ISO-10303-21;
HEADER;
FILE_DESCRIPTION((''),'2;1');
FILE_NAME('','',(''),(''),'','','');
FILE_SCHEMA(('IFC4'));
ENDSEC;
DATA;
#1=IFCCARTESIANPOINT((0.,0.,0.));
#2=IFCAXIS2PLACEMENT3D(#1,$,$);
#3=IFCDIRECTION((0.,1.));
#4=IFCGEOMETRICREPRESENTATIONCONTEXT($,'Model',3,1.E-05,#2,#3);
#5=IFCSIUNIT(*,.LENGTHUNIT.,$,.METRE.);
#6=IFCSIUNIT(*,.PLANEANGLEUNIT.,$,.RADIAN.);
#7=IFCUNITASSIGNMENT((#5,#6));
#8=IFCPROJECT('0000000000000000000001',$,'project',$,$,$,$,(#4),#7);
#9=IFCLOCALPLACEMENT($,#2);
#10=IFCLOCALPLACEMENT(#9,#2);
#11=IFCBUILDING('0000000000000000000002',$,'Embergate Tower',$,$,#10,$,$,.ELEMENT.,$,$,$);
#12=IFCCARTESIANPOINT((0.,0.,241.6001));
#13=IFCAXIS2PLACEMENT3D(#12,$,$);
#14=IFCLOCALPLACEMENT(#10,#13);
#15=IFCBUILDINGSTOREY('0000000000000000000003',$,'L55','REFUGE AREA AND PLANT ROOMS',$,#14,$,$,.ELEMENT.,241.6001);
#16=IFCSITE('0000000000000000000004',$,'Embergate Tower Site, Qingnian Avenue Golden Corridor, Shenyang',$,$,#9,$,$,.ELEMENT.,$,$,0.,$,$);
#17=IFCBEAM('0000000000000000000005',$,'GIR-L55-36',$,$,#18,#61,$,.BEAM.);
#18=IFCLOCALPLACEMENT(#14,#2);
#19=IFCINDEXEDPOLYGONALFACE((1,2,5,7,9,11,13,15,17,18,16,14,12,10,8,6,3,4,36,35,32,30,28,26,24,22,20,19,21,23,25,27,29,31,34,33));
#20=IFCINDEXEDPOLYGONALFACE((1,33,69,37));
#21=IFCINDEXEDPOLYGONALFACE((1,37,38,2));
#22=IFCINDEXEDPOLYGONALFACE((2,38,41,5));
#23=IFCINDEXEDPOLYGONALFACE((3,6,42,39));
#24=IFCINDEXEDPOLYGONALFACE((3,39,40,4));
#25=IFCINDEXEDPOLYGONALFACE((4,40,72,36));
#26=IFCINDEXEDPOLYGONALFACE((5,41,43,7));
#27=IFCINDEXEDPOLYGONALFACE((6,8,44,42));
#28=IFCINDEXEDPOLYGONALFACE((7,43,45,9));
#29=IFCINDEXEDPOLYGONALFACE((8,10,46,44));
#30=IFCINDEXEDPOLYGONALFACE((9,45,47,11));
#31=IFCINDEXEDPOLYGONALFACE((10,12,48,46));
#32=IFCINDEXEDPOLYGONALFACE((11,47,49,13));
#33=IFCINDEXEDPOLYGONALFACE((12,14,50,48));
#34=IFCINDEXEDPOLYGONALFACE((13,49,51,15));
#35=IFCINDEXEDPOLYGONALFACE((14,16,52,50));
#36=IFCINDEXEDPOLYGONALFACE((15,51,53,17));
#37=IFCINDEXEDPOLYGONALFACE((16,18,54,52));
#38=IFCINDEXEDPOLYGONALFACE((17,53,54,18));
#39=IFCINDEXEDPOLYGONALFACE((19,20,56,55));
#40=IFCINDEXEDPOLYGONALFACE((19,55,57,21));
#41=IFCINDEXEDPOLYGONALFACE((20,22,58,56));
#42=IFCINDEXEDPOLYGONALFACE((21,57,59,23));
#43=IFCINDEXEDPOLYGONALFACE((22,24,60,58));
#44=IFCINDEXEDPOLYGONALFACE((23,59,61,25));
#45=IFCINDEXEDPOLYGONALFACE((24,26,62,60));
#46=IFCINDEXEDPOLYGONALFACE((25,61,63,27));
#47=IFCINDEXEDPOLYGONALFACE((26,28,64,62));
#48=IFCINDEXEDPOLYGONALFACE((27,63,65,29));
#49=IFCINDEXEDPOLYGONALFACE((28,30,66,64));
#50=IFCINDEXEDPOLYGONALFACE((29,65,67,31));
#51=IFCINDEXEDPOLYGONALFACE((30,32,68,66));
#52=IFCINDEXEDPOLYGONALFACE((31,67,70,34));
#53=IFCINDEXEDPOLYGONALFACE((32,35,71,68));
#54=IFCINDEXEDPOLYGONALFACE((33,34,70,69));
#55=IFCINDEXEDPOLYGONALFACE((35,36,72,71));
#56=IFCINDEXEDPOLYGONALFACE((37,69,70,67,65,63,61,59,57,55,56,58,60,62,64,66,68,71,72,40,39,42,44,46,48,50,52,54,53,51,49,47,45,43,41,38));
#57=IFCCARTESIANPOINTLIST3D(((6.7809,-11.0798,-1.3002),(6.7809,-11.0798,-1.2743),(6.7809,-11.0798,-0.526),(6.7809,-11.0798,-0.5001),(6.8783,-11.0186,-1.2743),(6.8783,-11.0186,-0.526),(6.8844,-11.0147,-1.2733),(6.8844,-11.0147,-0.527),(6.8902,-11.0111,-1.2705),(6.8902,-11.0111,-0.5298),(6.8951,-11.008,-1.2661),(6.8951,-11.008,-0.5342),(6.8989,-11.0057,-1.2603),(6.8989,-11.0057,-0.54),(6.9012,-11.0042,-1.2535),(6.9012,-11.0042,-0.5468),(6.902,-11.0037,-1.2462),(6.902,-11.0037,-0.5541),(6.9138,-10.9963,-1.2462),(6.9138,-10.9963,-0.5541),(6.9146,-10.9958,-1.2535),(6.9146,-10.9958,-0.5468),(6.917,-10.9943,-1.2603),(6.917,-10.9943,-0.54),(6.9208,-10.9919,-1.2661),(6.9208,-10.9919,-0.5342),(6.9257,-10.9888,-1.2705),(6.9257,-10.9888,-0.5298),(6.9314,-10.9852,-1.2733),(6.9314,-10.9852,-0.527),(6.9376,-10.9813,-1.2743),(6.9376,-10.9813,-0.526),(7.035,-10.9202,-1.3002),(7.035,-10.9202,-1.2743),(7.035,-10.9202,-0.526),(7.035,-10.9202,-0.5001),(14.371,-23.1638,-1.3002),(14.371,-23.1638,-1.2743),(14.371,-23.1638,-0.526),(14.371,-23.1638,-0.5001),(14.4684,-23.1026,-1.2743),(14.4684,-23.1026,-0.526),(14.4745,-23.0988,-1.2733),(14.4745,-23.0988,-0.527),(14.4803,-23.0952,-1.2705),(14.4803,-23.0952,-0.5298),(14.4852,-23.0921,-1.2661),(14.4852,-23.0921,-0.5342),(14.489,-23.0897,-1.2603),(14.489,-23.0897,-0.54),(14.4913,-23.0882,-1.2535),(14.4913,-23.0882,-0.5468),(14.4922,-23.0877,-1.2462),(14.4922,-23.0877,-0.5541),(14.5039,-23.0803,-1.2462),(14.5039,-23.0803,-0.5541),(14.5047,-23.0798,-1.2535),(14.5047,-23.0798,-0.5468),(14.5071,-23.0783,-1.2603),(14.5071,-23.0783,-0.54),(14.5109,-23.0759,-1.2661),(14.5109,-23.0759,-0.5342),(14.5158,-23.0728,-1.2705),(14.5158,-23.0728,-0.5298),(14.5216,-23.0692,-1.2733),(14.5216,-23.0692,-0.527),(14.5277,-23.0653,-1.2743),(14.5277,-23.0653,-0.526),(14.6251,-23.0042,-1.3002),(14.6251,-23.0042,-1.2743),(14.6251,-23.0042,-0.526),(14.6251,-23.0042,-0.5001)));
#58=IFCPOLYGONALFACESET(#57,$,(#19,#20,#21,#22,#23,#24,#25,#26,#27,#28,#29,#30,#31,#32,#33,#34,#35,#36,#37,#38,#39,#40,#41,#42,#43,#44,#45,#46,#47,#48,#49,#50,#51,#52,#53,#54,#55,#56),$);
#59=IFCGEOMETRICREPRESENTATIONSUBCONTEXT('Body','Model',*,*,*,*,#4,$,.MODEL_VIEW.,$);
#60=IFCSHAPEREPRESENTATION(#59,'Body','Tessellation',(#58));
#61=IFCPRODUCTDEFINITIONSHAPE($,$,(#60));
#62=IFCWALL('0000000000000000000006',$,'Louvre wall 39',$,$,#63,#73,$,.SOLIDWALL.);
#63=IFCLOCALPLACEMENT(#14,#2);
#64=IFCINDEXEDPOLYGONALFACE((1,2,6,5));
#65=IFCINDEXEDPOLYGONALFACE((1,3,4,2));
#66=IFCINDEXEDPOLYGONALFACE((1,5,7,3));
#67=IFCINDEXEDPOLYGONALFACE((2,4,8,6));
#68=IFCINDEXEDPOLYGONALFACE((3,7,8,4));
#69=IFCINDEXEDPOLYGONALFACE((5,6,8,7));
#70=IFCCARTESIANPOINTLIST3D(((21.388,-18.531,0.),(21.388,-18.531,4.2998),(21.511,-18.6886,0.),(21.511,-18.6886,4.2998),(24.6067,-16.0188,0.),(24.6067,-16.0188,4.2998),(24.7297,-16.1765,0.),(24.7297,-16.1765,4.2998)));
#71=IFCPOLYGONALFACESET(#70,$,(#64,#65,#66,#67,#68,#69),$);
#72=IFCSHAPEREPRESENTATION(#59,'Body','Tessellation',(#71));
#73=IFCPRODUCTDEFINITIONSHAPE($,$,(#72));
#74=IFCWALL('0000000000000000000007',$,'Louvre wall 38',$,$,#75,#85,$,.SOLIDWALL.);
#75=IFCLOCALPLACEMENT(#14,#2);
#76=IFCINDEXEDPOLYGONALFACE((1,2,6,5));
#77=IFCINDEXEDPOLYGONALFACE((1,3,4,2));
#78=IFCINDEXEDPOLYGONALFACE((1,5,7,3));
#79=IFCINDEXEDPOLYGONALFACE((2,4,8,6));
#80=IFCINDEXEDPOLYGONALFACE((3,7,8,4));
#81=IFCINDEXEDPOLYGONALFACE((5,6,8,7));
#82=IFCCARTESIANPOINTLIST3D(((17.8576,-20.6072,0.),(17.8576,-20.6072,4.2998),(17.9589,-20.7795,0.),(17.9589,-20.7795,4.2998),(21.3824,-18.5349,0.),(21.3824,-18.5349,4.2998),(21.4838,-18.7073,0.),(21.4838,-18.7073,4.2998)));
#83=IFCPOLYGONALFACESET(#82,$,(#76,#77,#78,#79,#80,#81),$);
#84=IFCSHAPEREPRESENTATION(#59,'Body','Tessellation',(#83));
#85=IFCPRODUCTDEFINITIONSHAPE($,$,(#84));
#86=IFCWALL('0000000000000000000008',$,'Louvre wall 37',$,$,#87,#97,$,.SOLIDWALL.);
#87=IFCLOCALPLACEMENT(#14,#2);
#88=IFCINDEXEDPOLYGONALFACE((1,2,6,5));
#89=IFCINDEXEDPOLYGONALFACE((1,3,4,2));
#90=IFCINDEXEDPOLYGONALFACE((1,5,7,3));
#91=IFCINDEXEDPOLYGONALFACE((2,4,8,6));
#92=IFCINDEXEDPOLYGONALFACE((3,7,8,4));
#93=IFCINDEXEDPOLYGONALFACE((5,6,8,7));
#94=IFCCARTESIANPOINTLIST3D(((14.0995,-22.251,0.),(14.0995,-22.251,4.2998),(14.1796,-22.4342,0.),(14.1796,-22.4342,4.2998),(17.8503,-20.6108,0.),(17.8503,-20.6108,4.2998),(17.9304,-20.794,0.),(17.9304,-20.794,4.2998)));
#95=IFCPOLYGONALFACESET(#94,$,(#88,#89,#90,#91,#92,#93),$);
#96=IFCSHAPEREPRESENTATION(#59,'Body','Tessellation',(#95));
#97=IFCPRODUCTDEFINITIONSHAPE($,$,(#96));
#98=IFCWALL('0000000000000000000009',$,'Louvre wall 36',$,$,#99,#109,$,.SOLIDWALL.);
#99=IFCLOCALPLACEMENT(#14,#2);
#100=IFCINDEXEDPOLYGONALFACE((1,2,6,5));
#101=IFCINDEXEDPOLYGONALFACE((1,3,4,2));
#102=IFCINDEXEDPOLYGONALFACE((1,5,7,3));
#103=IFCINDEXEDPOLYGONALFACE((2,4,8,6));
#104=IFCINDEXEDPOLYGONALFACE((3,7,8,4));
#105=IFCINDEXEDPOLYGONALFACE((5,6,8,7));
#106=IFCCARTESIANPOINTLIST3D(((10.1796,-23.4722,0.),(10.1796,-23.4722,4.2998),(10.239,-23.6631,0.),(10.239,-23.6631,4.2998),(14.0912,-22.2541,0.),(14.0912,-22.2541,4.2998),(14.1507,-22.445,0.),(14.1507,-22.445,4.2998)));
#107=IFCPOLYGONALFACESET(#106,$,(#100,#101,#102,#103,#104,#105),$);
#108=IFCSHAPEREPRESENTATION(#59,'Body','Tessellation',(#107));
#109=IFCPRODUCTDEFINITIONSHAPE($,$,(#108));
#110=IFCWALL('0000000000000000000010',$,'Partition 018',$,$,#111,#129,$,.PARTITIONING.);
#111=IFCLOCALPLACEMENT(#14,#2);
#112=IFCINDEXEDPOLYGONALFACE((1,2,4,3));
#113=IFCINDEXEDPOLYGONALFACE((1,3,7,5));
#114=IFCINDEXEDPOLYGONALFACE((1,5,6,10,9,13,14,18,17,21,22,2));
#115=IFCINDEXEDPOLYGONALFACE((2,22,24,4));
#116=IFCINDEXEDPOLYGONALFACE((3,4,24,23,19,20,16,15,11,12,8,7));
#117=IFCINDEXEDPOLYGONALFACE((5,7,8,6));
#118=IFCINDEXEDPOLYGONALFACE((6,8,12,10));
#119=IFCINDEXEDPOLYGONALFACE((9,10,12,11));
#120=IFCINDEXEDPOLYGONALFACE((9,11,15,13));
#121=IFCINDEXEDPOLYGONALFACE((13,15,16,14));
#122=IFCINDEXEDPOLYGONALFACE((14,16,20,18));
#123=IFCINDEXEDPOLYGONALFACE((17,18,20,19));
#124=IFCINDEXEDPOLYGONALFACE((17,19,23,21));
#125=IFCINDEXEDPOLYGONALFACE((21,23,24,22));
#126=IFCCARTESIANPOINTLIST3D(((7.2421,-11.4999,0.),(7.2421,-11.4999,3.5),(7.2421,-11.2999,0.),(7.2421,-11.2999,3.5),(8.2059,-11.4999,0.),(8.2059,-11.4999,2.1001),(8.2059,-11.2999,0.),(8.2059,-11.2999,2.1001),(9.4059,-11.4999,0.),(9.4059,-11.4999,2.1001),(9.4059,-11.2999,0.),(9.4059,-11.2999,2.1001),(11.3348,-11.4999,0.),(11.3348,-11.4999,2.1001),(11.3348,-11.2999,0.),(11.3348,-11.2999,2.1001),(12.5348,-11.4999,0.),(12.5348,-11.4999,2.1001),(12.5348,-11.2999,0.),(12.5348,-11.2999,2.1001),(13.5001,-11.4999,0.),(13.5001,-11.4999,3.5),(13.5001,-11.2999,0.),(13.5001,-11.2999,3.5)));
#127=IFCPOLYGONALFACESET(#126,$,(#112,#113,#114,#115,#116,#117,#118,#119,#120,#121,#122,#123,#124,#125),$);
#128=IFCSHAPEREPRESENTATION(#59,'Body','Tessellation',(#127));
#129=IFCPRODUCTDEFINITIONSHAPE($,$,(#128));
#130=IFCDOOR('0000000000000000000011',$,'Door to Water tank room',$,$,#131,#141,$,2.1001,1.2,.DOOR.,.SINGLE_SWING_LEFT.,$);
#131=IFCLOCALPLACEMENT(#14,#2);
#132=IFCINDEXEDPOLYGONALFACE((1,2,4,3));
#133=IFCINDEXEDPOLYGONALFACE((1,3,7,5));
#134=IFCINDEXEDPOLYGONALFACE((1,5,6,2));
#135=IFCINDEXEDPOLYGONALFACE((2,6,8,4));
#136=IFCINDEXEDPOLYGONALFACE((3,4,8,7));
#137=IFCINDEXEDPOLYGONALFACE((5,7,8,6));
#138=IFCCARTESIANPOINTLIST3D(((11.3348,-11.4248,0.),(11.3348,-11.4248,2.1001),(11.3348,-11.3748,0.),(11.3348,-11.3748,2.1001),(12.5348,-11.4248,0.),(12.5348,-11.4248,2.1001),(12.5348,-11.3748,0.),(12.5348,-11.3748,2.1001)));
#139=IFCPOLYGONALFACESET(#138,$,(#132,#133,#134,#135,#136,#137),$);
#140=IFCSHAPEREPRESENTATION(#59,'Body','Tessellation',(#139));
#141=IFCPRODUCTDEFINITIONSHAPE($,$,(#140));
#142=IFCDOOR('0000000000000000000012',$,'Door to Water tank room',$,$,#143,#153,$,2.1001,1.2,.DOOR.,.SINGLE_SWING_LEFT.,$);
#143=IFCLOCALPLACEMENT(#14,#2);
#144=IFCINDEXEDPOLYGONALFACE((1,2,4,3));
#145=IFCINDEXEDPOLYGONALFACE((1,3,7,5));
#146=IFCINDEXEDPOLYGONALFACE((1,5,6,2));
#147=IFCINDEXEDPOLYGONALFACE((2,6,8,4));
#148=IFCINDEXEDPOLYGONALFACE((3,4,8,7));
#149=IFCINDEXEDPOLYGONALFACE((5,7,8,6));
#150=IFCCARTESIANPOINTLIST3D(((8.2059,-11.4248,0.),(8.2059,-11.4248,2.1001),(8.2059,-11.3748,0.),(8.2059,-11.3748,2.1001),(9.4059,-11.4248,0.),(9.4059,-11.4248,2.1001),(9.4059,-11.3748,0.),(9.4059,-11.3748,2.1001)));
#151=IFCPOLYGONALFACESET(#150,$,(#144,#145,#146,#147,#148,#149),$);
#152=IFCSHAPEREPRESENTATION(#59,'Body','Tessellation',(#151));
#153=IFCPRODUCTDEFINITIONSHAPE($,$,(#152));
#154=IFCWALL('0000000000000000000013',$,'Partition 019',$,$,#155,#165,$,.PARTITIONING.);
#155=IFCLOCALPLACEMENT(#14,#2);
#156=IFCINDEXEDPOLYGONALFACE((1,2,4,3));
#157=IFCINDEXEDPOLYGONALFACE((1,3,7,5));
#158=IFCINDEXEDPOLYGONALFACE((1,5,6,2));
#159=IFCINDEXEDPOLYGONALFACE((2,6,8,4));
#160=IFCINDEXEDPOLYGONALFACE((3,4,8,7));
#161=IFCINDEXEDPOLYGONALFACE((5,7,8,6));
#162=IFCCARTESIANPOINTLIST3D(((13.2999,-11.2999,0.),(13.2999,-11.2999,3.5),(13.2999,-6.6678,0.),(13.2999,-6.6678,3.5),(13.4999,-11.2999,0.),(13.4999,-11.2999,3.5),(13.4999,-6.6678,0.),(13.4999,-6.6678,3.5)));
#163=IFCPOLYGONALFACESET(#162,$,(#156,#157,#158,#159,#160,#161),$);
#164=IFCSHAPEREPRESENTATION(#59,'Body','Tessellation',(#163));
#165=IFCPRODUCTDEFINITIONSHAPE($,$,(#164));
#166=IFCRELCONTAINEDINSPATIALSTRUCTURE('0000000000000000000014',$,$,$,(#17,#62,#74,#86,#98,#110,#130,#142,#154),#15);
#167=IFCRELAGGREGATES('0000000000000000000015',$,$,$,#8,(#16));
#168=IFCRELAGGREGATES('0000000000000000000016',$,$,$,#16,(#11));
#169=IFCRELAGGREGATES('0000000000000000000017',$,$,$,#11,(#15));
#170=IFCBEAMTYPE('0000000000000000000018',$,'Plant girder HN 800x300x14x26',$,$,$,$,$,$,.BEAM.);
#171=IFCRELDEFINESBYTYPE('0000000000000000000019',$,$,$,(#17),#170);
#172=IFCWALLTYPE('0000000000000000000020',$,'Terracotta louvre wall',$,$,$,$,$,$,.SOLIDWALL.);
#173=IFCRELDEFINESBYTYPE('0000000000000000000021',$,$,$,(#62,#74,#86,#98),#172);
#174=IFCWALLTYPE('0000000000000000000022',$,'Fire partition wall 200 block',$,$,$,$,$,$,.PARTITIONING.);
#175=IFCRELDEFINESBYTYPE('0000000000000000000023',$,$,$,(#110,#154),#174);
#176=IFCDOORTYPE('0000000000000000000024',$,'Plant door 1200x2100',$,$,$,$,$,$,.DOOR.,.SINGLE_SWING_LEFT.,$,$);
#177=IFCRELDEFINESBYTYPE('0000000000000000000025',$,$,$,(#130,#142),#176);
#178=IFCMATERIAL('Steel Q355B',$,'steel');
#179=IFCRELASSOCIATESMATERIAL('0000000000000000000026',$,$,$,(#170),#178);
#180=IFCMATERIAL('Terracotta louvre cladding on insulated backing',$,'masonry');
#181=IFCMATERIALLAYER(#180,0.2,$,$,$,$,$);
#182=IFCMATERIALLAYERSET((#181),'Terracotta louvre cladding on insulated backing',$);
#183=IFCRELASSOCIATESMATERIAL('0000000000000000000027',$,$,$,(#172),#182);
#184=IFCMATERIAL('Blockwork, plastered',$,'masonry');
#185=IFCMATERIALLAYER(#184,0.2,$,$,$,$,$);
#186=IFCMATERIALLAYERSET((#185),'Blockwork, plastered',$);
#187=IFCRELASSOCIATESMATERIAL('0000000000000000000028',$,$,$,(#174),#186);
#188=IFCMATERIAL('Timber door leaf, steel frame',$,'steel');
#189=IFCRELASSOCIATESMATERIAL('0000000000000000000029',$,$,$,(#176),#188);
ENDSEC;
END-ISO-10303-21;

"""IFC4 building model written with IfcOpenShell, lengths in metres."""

from ifc_helpers import new_model, si_unit, direction, frame, frame_2d, origin, origin_2d, place, context, subcontext, project, spatial, rectangle, i_section, extrude, source, transform, mapped, material, layer, layer_set, material_profile, profile_set, type_object, element, fill, save


model = new_model("IFC4")

# Units and contexts
model_context = context("Model", 3, precision=1e-05, world=origin(), true_north=direction((0.0, 1.0)))
body_context = subcontext(model_context, "Body", "Model", "MODEL_VIEW")
ifc_project = project(units=[si_unit("LENGTHUNIT", "METRE"), si_unit("PLANEANGLEUNIT", "RADIAN")], contexts=[model_context])

# Site, building, storey
site_placement = place(None, origin())
site = spatial("IfcSite", under=ifc_project, at=site_placement, Name="Embergate Tower Site, Qingnian Avenue Golden Corridor, Shenyang", CompositionType="ELEMENT", RefElevation=0.0)
building_placement = place(site_placement, origin())
building = spatial("IfcBuilding", under=site, at=building_placement, Name="Embergate Tower", CompositionType="ELEMENT")
storey_placement = place(building_placement, frame((0.0, 0.0, 241.6001)))
storey = spatial("IfcBuildingStorey", under=building, at=storey_placement, Name="L55", Description="REFUGE AREA AND PLANT ROOMS", CompositionType="ELEMENT", Elevation=241.6001)

# Beam
ifc_material_1 = material(Name="Steel Q355B", Category="steel")
ifc_material_profile_1 = material_profile(ifc_material_1, i_section(OverallWidth=0.3, OverallDepth=0.8, WebThickness=0.0139, FlangeThickness=0.0259, FilletRadius=0.0281, at=origin_2d()), Name="HN 800x300x14x26")
ifc_profile_set_1 = profile_set([ifc_material_profile_1], Name="Steel Q355 grade B")
beam_type_1 = type_object("IfcBeamType", Name="Plant girder HN 800x300x14x26", PredefinedType="BEAM", material=ifc_profile_set_1)
shared_shape_1 = source(origin(), body_context, "Body", "SweptSolid", [
    extrude(i_section(OverallWidth=0.3, OverallDepth=0.8, WebThickness=0.0139, FlangeThickness=0.0259, FilletRadius=0.0281, at=origin_2d()), origin(), (0.0, 0.0, 1.0), 14.27),
])
beam_1_placement = place(storey_placement, frame((14.498, -23.084, -0.9001), z_axis=(-0.531892, 0.846812, 0.0), x_axis=(-0.846812, -0.531892, 0.0)))
element("IfcBeam", 1, at=beam_1_placement, inside=storey, type_object=beam_type_1, Name="GIR-L55-36", PredefinedType="BEAM", context=body_context, shape_type="MappedRepresentation", body=[
    mapped(shared_shape_1, transform((0.0, 0.0, 0.0))),
])

# Walls
ifc_material_2 = material(Name="Terracotta louvre cladding on insulated backing", Category="masonry")
ifc_layer_1 = layer(ifc_material_2, 0.2)
ifc_layer_set_1 = layer_set([ifc_layer_1], Name="Terracotta louvre cladding on insulated backing")
wall_type_1 = type_object("IfcWallType", Name="Terracotta louvre wall", PredefinedType="SOLIDWALL", material=ifc_layer_set_1)
shared_shape_2 = source(origin(), body_context, "Body", "SweptSolid", [
    extrude(rectangle(XDim=4.083, YDim=0.2, at=frame_2d((2.0415, 0.0))), origin(), (0.0, 0.0, 1.0), 4.2998),
])
wall_1_placement = place(storey_placement, frame((24.6682, -16.0977, 0.0), z_axis=(0.0, 0.0, 1.0), x_axis=(-0.788314, -0.615273, 0.0)))
element("IfcWall", 2, at=wall_1_placement, inside=storey, type_object=wall_type_1, Name="Louvre wall 39", PredefinedType="SOLIDWALL", context=body_context, shape_type="MappedRepresentation", body=[
    mapped(shared_shape_2, transform((0.0, 0.0, 0.0))),
])
shared_shape_3 = source(origin(), body_context, "Body", "SweptSolid", [
    extrude(rectangle(XDim=4.0889, YDim=0.2, at=frame_2d((2.0444, 0.0))), origin(), (0.0, 0.0, 1.0), 4.2998),
])
wall_2_placement = place(storey_placement, frame((21.4331, -18.6211, 0.0), z_axis=(0.0, 0.0, 1.0), x_axis=(-0.862063, -0.506801, 0.0)))
element("IfcWall", 3, at=wall_2_placement, inside=storey, type_object=wall_type_1, Name="Louvre wall 38", PredefinedType="SOLIDWALL", context=body_context, shape_type="MappedRepresentation", body=[
    mapped(shared_shape_3, transform((0.0, 0.0, 0.0))),
])
shared_shape_4 = source(origin(), body_context, "Body", "SweptSolid", [
    extrude(rectangle(XDim=4.0938, YDim=0.2, at=frame_2d((2.0469, 0.0))), origin(), (0.0, 0.0, 1.0), 4.2998),
])
wall_3_placement = place(storey_placement, frame((17.8904, -20.7024, 0.0), z_axis=(0.0, 0.0, 1.0), x_axis=(-0.91623, -0.400653, 0.0)))
element("IfcWall", 4, at=wall_3_placement, inside=storey, type_object=wall_type_1, Name="Louvre wall 37", PredefinedType="SOLIDWALL", context=body_context, shape_type="MappedRepresentation", body=[
    mapped(shared_shape_4, transform((0.0, 0.0, 0.0))),
])
shared_shape_5 = source(origin(), body_context, "Body", "SweptSolid", [
    extrude(rectangle(XDim=4.0969, YDim=0.2, at=frame_2d((2.0483, 0.0))), origin(), (0.0, 0.0, 1.0), 4.2998),
])
wall_4_placement = place(storey_placement, frame((14.1208, -22.3496, 0.0), z_axis=(0.0, 0.0, 1.0), x_axis=(-0.954783, -0.297304, 0.0)))
element("IfcWall", 5, at=wall_4_placement, inside=storey, type_object=wall_type_1, Name="Louvre wall 36", PredefinedType="SOLIDWALL", context=body_context, shape_type="MappedRepresentation", body=[
    mapped(shared_shape_5, transform((0.0, 0.0, 0.0))),
])

# Wall, openings, doors
ifc_material_3 = material(Name="Blockwork, plastered", Category="masonry")
ifc_layer_2 = layer(ifc_material_3, 0.2)
ifc_layer_set_2 = layer_set([ifc_layer_2], Name="Blockwork, plastered")
wall_type_2 = type_object("IfcWallType", Name="Fire partition wall 200 block", PredefinedType="PARTITIONING", material=ifc_layer_set_2)
shared_shape_6 = source(origin(), body_context, "Body", "SweptSolid", [
    extrude(rectangle(XDim=6.2581, YDim=0.2, at=frame_2d((3.1289, 0.0))), origin(), (0.0, 0.0, 1.0), 3.5),
])
wall_5_placement = place(storey_placement, frame((13.5, -11.3999, 0.0), z_axis=(0.0, 0.0, 1.0), x_axis=(-1.0, 0.0, 0.0)))
wall_5 = element("IfcWall", 6, at=wall_5_placement, inside=storey, type_object=wall_type_2, Name="Partition 018", PredefinedType="PARTITIONING", context=body_context, shape_type="MappedRepresentation", body=[
    mapped(shared_shape_6, transform((0.0, 0.0, 0.0))),
])
shared_shape_7 = source(origin(), body_context, "Body", "SweptSolid", [
    extrude(rectangle(XDim=1.2, YDim=2.1001, at=frame_2d((0.6001, 1.05))), frame((0.0, 0.1099, 0.0), z_axis=(0.0, -1.0, 0.0), x_axis=(1.0, 0.0, 0.0)), (0.0, 0.0, 1.0), 0.22),
])
opening_1_placement = place(wall_5_placement, frame((0.9651, 0.0, 0.0)))
opening_1 = element("IfcOpeningElement", 7, at=opening_1_placement, cuts=wall_5, PredefinedType="OPENING", context=body_context, shape_type="MappedRepresentation", body=[
    mapped(shared_shape_7, transform((0.0, 0.0, 0.0))),
])
opening_2_placement = place(wall_5_placement, frame((4.094, 0.0, 0.0)))
opening_2 = element("IfcOpeningElement", 8, at=opening_2_placement, cuts=wall_5, PredefinedType="OPENING", context=body_context, shape_type="MappedRepresentation", body=[
    mapped(shared_shape_7, transform((0.0, 0.0, 0.0))),
])
ifc_material_4 = material(Name="Timber door leaf, steel frame", Category="steel")
door_type = type_object("IfcDoorType", Name="Plant door 1200x2100", OperationType="SINGLE_SWING_LEFT", PredefinedType="DOOR", material=ifc_material_4)
shared_shape_8 = source(origin(), body_context, "Body", "SweptSolid", [
    extrude(rectangle(XDim=1.2, YDim=2.1001, at=frame_2d((0.6001, 1.05))), frame((0.0, 0.0249, 0.0), z_axis=(0.0, -1.0, 0.0), x_axis=(1.0, 0.0, 0.0)), (0.0, 0.0, 1.0), 0.05),
])
door_1_placement = place(opening_1_placement, origin())
door_1 = element("IfcDoor", 9, at=door_1_placement, inside=storey, type_object=door_type, Name="Door to Water tank room", OperationType="SINGLE_SWING_LEFT", OverallHeight=2.1001, OverallWidth=1.2, PredefinedType="DOOR", context=body_context, shape_type="MappedRepresentation", body=[
    mapped(shared_shape_8, transform((0.0, 0.0, 0.0))),
])
fill(opening_1, door_1)
door_2_placement = place(opening_2_placement, origin())
door_2 = element("IfcDoor", 10, at=door_2_placement, inside=storey, type_object=door_type, Name="Door to Water tank room", OperationType="SINGLE_SWING_LEFT", OverallHeight=2.1001, OverallWidth=1.2, PredefinedType="DOOR", context=body_context, shape_type="MappedRepresentation", body=[
    mapped(shared_shape_8, transform((0.0, 0.0, 0.0))),
])
fill(opening_2, door_2)

# Wall
shared_shape_9 = source(origin(), body_context, "Body", "SweptSolid", [
    extrude(rectangle(XDim=4.6321, YDim=0.2, at=frame_2d((2.3159, 0.0))), origin(), (0.0, 0.0, 1.0), 3.5),
])
wall_6_placement = place(storey_placement, frame((13.3999, -6.668, 0.0), z_axis=(0.0, 0.0, 1.0), x_axis=(0.0, -1.0, 0.0)))
element("IfcWall", 11, at=wall_6_placement, inside=storey, type_object=wall_type_2, Name="Partition 019", PredefinedType="PARTITIONING", context=body_context, shape_type="MappedRepresentation", body=[
    mapped(shared_shape_9, transform((0.0, 0.0, 0.0))),
])

save(model, "model.ifc")
